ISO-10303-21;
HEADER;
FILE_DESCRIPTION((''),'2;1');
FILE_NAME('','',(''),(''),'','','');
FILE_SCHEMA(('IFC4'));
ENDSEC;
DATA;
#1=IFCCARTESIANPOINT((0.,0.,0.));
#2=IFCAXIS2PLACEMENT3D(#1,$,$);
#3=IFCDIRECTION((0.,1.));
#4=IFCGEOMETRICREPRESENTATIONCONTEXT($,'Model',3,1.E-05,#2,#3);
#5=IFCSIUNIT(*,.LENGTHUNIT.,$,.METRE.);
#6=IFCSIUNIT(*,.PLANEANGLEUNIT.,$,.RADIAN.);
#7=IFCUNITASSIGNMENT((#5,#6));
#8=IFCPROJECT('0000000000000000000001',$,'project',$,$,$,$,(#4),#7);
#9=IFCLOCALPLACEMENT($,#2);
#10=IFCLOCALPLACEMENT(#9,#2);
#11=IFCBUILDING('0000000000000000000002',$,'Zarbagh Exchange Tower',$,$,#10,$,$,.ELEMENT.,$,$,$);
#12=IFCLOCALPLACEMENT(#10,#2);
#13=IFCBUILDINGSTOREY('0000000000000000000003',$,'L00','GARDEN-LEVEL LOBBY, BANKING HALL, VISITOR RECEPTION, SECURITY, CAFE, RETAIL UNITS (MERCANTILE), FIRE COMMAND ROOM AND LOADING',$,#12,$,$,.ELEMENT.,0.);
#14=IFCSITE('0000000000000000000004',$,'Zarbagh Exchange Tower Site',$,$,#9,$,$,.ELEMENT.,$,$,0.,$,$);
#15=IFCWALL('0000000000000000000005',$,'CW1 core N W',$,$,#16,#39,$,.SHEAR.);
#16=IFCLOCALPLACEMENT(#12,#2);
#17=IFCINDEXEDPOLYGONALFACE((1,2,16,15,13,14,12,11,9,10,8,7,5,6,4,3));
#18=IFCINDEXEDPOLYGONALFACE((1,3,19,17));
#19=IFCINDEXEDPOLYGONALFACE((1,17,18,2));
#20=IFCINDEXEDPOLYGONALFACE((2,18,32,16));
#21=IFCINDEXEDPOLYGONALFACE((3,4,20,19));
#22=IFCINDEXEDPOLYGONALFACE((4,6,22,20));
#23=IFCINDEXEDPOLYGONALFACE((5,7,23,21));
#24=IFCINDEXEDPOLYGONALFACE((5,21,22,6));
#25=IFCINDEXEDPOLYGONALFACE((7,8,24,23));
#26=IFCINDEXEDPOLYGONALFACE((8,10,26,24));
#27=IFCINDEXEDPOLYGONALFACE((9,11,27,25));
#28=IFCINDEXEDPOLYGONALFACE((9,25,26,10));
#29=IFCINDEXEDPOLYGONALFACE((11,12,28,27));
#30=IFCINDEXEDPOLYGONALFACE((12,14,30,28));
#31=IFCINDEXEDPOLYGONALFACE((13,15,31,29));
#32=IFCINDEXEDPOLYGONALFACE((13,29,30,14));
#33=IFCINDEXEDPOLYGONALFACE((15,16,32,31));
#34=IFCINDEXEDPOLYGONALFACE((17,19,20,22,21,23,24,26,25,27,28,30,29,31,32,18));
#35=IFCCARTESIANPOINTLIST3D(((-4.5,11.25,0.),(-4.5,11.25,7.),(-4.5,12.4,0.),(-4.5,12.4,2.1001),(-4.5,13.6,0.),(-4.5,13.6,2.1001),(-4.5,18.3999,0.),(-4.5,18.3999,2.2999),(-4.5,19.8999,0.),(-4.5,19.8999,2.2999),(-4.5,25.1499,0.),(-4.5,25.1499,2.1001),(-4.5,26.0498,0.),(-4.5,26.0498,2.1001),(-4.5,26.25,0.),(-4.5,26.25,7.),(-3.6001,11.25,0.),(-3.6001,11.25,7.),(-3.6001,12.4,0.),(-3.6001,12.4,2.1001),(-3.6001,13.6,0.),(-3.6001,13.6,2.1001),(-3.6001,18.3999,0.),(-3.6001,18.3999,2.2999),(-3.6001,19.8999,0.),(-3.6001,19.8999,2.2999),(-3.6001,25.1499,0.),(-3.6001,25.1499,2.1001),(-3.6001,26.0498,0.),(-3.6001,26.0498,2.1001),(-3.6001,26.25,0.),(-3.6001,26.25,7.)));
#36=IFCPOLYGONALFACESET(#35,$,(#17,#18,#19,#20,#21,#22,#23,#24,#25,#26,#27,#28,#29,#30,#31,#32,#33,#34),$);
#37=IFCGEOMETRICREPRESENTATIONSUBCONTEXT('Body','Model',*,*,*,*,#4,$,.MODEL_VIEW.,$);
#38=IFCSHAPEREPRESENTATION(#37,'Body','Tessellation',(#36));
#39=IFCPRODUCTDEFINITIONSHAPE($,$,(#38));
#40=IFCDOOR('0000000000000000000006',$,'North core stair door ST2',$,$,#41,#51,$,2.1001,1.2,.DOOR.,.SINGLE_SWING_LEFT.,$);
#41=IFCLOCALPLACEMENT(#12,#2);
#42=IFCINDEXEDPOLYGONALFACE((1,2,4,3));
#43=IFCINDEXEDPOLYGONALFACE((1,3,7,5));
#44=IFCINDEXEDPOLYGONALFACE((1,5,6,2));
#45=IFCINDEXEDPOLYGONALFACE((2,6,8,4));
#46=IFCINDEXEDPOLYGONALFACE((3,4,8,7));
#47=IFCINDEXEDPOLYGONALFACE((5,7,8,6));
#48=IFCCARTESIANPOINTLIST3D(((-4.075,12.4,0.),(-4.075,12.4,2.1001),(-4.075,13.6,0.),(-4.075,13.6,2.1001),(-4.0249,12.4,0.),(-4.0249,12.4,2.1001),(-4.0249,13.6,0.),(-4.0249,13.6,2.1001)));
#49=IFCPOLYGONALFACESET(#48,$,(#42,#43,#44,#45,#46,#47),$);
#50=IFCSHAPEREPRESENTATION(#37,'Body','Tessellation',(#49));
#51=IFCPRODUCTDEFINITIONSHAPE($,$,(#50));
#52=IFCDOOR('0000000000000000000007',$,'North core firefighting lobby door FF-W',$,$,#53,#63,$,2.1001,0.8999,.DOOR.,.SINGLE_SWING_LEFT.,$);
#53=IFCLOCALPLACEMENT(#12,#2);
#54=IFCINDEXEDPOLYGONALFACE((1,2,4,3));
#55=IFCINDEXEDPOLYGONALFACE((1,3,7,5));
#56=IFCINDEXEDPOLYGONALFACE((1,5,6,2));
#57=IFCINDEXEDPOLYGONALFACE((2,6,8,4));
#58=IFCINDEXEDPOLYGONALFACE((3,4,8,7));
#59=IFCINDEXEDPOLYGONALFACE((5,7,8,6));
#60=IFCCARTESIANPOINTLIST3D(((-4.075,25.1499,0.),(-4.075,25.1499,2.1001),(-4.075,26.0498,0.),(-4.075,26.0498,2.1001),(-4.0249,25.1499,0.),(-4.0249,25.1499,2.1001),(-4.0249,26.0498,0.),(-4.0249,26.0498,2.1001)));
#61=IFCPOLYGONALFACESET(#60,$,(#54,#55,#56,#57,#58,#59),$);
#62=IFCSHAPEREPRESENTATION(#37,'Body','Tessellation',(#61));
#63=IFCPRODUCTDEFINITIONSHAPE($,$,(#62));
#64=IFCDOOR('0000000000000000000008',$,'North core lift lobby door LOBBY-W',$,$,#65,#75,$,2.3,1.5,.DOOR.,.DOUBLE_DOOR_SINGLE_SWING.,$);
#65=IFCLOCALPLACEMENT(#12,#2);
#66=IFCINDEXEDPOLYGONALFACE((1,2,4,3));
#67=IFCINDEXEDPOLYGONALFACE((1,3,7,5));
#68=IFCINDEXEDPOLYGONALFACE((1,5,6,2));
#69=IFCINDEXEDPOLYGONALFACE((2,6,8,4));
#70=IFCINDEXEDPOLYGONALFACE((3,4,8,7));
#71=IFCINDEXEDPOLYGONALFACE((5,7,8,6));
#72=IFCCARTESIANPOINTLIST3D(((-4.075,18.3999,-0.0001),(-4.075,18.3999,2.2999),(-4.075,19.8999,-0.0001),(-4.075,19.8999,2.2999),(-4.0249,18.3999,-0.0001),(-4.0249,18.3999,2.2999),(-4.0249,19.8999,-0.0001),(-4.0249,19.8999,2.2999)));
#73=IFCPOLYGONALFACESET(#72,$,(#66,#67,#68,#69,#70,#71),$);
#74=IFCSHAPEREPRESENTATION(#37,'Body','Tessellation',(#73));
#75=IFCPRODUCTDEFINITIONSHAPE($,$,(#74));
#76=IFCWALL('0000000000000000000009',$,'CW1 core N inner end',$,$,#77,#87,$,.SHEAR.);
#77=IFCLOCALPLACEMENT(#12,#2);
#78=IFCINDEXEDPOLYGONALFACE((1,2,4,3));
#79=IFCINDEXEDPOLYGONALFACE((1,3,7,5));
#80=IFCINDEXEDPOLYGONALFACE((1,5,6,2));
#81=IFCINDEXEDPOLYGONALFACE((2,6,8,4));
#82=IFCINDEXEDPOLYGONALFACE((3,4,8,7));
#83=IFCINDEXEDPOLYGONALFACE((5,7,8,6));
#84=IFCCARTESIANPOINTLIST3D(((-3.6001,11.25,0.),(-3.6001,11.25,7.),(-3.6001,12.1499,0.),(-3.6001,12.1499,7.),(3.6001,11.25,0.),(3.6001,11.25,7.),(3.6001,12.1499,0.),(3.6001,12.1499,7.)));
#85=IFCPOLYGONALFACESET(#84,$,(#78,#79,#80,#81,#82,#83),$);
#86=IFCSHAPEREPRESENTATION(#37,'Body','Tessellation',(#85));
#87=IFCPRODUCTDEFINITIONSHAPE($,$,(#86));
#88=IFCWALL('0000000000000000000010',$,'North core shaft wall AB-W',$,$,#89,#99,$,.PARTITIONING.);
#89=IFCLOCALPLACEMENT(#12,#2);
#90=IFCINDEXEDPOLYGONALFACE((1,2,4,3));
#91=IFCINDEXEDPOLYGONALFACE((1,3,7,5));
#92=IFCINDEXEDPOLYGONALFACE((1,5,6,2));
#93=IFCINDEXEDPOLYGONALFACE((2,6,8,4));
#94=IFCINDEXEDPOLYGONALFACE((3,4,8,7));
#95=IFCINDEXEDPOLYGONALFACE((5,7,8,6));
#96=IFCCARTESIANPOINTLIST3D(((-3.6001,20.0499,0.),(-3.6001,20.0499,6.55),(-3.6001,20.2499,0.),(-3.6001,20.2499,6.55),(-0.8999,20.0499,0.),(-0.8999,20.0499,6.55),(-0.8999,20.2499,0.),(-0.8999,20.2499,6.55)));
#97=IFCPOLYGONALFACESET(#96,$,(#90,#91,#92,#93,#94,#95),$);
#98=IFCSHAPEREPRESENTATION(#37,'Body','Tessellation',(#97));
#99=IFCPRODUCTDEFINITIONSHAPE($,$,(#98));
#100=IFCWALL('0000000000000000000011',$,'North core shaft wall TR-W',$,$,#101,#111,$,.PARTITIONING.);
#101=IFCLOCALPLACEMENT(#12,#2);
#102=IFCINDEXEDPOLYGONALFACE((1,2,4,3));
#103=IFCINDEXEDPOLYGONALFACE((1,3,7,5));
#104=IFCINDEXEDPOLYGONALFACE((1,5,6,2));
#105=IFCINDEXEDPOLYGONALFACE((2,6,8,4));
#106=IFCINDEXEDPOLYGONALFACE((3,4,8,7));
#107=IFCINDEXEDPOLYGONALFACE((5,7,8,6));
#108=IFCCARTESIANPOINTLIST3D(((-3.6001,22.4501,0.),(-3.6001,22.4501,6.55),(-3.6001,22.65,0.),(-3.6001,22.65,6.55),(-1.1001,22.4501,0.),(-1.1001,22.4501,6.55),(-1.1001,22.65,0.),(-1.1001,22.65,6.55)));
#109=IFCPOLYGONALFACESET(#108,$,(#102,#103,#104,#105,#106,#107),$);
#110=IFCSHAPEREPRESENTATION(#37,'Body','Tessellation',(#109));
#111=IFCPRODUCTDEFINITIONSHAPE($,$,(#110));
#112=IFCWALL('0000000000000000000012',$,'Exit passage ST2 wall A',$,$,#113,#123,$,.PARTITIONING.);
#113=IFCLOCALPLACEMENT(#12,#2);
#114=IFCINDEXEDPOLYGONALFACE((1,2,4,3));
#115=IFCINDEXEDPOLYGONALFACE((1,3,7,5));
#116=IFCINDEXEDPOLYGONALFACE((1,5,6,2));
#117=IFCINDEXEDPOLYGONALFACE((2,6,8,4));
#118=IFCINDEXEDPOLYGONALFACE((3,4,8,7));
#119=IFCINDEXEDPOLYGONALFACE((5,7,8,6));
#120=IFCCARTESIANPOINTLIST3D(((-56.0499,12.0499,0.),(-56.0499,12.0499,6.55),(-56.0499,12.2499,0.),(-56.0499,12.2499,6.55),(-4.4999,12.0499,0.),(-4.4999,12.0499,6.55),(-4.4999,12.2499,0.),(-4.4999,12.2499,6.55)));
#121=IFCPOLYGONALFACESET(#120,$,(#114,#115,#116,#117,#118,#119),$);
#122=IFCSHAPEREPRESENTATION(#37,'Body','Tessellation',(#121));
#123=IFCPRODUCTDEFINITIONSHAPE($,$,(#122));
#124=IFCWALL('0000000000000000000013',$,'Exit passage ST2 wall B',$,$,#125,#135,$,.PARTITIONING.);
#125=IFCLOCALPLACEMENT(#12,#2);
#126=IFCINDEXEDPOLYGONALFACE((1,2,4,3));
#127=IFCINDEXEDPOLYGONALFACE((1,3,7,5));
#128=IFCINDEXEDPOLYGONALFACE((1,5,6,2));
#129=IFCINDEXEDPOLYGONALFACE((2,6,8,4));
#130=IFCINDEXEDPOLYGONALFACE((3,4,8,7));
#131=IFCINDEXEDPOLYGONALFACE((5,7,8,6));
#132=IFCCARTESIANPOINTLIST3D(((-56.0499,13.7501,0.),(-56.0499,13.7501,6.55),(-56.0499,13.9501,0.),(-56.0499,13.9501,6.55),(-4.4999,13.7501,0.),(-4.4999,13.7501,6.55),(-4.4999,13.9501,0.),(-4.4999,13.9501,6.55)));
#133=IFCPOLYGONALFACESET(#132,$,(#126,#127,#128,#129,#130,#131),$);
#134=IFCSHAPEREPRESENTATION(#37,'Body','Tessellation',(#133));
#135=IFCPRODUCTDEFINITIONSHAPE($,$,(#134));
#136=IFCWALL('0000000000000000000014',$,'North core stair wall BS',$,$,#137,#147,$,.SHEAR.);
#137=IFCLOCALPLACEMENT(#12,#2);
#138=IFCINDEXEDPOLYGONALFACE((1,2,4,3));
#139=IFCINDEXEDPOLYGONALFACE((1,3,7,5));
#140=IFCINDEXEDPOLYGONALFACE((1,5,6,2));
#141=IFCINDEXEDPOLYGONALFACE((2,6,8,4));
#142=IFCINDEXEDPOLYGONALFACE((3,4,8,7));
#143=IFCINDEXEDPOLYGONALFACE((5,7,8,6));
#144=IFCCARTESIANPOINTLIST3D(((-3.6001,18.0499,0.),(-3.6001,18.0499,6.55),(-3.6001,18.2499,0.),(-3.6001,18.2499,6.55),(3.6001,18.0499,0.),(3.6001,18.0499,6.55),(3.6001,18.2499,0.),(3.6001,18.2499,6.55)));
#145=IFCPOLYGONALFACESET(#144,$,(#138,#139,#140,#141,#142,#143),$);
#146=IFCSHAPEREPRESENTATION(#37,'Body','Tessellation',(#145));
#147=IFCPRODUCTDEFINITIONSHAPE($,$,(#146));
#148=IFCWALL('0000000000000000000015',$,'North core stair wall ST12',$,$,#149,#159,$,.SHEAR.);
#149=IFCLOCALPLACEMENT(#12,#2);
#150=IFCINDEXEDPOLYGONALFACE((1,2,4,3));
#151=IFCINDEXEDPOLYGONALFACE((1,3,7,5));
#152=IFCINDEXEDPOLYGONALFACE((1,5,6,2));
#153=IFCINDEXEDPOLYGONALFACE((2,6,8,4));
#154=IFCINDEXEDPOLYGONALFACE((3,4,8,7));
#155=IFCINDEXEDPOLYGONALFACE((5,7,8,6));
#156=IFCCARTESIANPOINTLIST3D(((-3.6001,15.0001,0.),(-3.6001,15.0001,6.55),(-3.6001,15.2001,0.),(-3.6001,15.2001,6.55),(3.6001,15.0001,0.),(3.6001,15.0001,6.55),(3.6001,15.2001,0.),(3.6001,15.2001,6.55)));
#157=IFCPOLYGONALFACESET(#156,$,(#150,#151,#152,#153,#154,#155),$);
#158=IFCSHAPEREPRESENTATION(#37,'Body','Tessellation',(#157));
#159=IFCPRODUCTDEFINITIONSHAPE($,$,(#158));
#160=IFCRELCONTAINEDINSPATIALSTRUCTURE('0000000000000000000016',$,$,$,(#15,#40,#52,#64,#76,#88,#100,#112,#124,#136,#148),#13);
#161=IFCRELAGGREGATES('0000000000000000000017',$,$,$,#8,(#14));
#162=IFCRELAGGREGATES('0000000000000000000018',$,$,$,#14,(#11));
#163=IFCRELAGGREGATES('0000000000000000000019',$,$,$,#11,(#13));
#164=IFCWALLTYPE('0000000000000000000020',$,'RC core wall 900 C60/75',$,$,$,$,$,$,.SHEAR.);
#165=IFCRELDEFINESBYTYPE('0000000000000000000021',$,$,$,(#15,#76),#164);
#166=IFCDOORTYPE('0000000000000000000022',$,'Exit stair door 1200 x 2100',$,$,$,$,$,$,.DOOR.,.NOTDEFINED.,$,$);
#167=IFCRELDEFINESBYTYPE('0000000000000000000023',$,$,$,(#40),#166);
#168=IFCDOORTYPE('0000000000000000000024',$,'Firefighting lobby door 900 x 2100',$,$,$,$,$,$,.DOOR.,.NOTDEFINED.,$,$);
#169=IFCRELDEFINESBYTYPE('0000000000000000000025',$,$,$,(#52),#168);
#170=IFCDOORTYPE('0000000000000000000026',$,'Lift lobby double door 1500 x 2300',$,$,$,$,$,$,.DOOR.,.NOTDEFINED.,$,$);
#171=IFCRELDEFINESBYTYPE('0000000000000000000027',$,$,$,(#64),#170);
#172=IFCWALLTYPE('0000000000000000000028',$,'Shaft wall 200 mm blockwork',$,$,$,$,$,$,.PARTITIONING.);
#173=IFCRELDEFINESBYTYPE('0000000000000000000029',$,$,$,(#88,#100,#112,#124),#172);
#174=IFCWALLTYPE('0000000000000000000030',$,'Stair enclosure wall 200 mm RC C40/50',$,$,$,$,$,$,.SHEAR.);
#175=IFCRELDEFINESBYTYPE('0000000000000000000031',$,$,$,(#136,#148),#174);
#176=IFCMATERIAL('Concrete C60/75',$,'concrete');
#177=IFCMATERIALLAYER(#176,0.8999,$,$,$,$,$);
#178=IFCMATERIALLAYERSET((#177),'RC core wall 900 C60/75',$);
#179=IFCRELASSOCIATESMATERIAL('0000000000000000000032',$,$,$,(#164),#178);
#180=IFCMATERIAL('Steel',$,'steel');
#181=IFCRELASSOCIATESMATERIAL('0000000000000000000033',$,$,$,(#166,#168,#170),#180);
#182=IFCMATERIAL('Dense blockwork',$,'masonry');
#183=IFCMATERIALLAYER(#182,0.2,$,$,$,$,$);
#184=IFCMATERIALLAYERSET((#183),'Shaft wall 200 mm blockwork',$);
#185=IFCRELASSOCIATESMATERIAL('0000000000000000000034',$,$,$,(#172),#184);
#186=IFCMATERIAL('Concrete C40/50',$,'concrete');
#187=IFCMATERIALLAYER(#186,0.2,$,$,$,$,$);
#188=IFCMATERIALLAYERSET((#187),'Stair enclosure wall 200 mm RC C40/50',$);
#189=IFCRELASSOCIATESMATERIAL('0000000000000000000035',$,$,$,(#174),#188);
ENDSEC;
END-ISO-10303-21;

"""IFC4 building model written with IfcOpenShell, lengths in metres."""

from ifc_helpers import new_model, si_unit, direction, frame, frame_2d, origin, place, context, subcontext, project, spatial, rectangle, extrude, material, layer, layer_set, type_object, element, fill, save


model = new_model("IFC4")

# Units and contexts
model_context = context("Model", 3, precision=1e-05, world=origin(), true_north=direction((0.0, 1.0)))
body_context = subcontext(model_context, "Body", "Model", "MODEL_VIEW")
ifc_project = project(units=[si_unit("LENGTHUNIT", "METRE"), si_unit("PLANEANGLEUNIT", "RADIAN")], contexts=[model_context])

# Site, building, storey
site_placement = place(None, origin())
site = spatial("IfcSite", under=ifc_project, at=site_placement, Name="Zarbagh Exchange Tower Site", CompositionType="ELEMENT", RefElevation=0.0)
building_placement = place(site_placement, origin())
building = spatial("IfcBuilding", under=site, at=building_placement, Name="Zarbagh Exchange Tower", CompositionType="ELEMENT")
storey_placement = place(building_placement, origin())
storey = spatial("IfcBuildingStorey", under=building, at=storey_placement, Name="L00", Description="GARDEN-LEVEL LOBBY, BANKING HALL, VISITOR RECEPTION, SECURITY, CAFE, RETAIL UNITS (MERCANTILE), FIRE COMMAND ROOM AND LOADING", CompositionType="ELEMENT", Elevation=0.0)

# Shared definitions
ifc_material_1 = material(Name="Concrete C60/75", Category="concrete")

# Wall, openings, doors
ifc_layer_1 = layer(ifc_material_1, 0.8999)
ifc_layer_set_1 = layer_set([ifc_layer_1], Name="RC core wall 900 C60/75")
wall_type_1 = type_object("IfcWallType", Name="RC core wall 900 C60/75", PredefinedType="SHEAR", material=ifc_layer_set_1)
wall_1_placement = place(storey_placement, frame((-4.05, 11.25, 0.0), z_axis=(0.0, 0.0, 1.0), x_axis=(0.0, 1.0, 0.0)))
wall_1 = element("IfcWall", 1, at=wall_1_placement, inside=storey, type_object=wall_type_1, Name="CW1 core N W", PredefinedType="SHEAR", context=body_context, shape_type="SweptSolid", body=[
    extrude(rectangle(XDim=15.0, YDim=0.8999, at=frame_2d((7.5, 0.0))), origin(), (0.0, 0.0, 1.0), 7.0),
])
opening_1_placement = place(wall_1_placement, frame((7.1499, 0.0, 0.0)))
opening_1 = element("IfcOpeningElement", 2, at=opening_1_placement, cuts=wall_1, PredefinedType="OPENING", context=body_context, shape_type="SweptSolid", body=[
    extrude(rectangle(XDim=1.5, YDim=2.3, at=frame_2d((0.75, 1.1499))), frame((0.0, 0.46, 0.0), z_axis=(0.0, -1.0, 0.0), x_axis=(1.0, 0.0, 0.0)), (0.0, 0.0, 1.0), 0.9199),
])
opening_2_placement = place(wall_1_placement, frame((13.8999, 0.0, 0.0)))
opening_2 = element("IfcOpeningElement", 3, at=opening_2_placement, cuts=wall_1, PredefinedType="OPENING", context=body_context, shape_type="SweptSolid", body=[
    extrude(rectangle(XDim=0.8999, YDim=2.1001, at=frame_2d((0.45, 1.05))), frame((0.0, 0.46, 0.0), z_axis=(0.0, -1.0, 0.0), x_axis=(1.0, 0.0, 0.0)), (0.0, 0.0, 1.0), 0.9199),
])
opening_3_placement = place(wall_1_placement, frame((1.1499, 0.0, 0.0)))
opening_3 = element("IfcOpeningElement", 4, at=opening_3_placement, cuts=wall_1, PredefinedType="OPENING", context=body_context, shape_type="SweptSolid", body=[
    extrude(rectangle(XDim=1.2, YDim=2.1001, at=frame_2d((0.6001, 1.05))), frame((0.0, 0.46, 0.0), z_axis=(0.0, -1.0, 0.0), x_axis=(1.0, 0.0, 0.0)), (0.0, 0.0, 1.0), 0.9199),
])
ifc_material_2 = material(Name="Steel", Category="steel")
door_type_1 = type_object("IfcDoorType", Name="Exit stair door 1200 x 2100", OperationType="NOTDEFINED", PredefinedType="DOOR", material=ifc_material_2)
door_1_placement = place(opening_3_placement, origin())
door_1 = element("IfcDoor", 5, at=door_1_placement, inside=storey, type_object=door_type_1, Name="North core stair door ST2", OperationType="SINGLE_SWING_LEFT", OverallHeight=2.1001, OverallWidth=1.2, PredefinedType="DOOR", context=body_context, shape_type="SweptSolid", body=[
    extrude(rectangle(XDim=1.2, YDim=2.1001, at=frame_2d((0.6001, 1.05))), frame((0.0, 0.0249, 0.0), z_axis=(0.0, -1.0, 0.0), x_axis=(1.0, 0.0, 0.0)), (0.0, 0.0, 1.0), 0.05),
])
fill(opening_3, door_1)
door_type_2 = type_object("IfcDoorType", Name="Firefighting lobby door 900 x 2100", OperationType="NOTDEFINED", PredefinedType="DOOR", material=ifc_material_2)
door_2_placement = place(opening_2_placement, origin())
door_2 = element("IfcDoor", 6, at=door_2_placement, inside=storey, type_object=door_type_2, Name="North core firefighting lobby door FF-W", OperationType="SINGLE_SWING_LEFT", OverallHeight=2.1001, OverallWidth=0.8999, PredefinedType="DOOR", context=body_context, shape_type="SweptSolid", body=[
    extrude(rectangle(XDim=0.8999, YDim=2.1001, at=frame_2d((0.45, 1.05))), frame((0.0, 0.0249, 0.0), z_axis=(0.0, -1.0, 0.0), x_axis=(1.0, 0.0, 0.0)), (0.0, 0.0, 1.0), 0.05),
])
fill(opening_2, door_2)
door_type_3 = type_object("IfcDoorType", Name="Lift lobby double door 1500 x 2300", OperationType="NOTDEFINED", PredefinedType="DOOR", material=ifc_material_2)
door_3_placement = place(opening_1_placement, origin())
door_3 = element("IfcDoor", 7, at=door_3_placement, inside=storey, type_object=door_type_3, Name="North core lift lobby door LOBBY-W", OperationType="DOUBLE_DOOR_SINGLE_SWING", OverallHeight=2.3, OverallWidth=1.5, PredefinedType="DOOR", context=body_context, shape_type="SweptSolid", body=[
    extrude(rectangle(XDim=1.5, YDim=2.3, at=frame_2d((0.75, 1.1499))), frame((0.0, 0.0249, 0.0), z_axis=(0.0, -1.0, 0.0), x_axis=(1.0, 0.0, 0.0)), (0.0, 0.0, 1.0), 0.05),
])
fill(opening_1, door_3)

# Walls
wall_2_placement = place(storey_placement, frame((-3.6001, 11.7, 0.0), z_axis=(0.0, 0.0, 1.0), x_axis=(1.0, 0.0, 0.0)))
element("IfcWall", 8, at=wall_2_placement, inside=storey, type_object=wall_type_1, Name="CW1 core N inner end", PredefinedType="SHEAR", context=body_context, shape_type="SweptSolid", body=[
    extrude(rectangle(XDim=7.2002, YDim=0.8999, at=frame_2d((3.6001, 0.0))), origin(), (0.0, 0.0, 1.0), 7.0),
])
ifc_material_3 = material(Name="Dense blockwork", Category="masonry")
ifc_layer_2 = layer(ifc_material_3, 0.2)
ifc_layer_set_2 = layer_set([ifc_layer_2], Name="Shaft wall 200 mm blockwork")
wall_type_2 = type_object("IfcWallType", Name="Shaft wall 200 mm blockwork", PredefinedType="PARTITIONING", material=ifc_layer_set_2)
wall_3_placement = place(storey_placement, frame((-3.6001, 20.1499, 0.0), z_axis=(0.0, 0.0, 1.0), x_axis=(1.0, 0.0, 0.0)))
element("IfcWall", 9, at=wall_3_placement, inside=storey, type_object=wall_type_2, Name="North core shaft wall AB-W", PredefinedType="PARTITIONING", context=body_context, shape_type="SweptSolid", body=[
    extrude(rectangle(XDim=2.7002, YDim=0.2, at=frame_2d((1.3501, 0.0))), origin(), (0.0, 0.0, 1.0), 6.55),
])
wall_4_placement = place(storey_placement, frame((-3.6001, 22.55, 0.0), z_axis=(0.0, 0.0, 1.0), x_axis=(1.0, 0.0, 0.0)))
element("IfcWall", 10, at=wall_4_placement, inside=storey, type_object=wall_type_2, Name="North core shaft wall TR-W", PredefinedType="PARTITIONING", context=body_context, shape_type="SweptSolid", body=[
    extrude(rectangle(XDim=2.5, YDim=0.2, at=frame_2d((1.25, 0.0))), origin(), (0.0, 0.0, 1.0), 6.55),
])
for number, where, z_axis, x_axis, name in (
    (11, (-4.5, 12.1499, 0.0), (0.0, 0.0, 1.0), (-1.0, 0.0, 0.0), "Exit passage ST2 wall A"),
    (12, (-4.5, 13.8501, 0.0), (0.0, 0.0, 1.0), (-1.0, 0.0, 0.0), "Exit passage ST2 wall B"),
):
    element("IfcWall", number, at=place(storey_placement, frame(where, z_axis=z_axis, x_axis=x_axis)), inside=storey, type_object=wall_type_2, Name=name, PredefinedType="PARTITIONING", context=body_context, shape_type="SweptSolid", body=[
        extrude(rectangle(XDim=51.55, YDim=0.2, at=frame_2d((25.7749, 0.0))), origin(), (0.0, 0.0, 1.0), 6.55),
    ])
ifc_material_4 = material(Name="Concrete C40/50", Category="concrete")
ifc_layer_3 = layer(ifc_material_4, 0.2)
ifc_layer_set_3 = layer_set([ifc_layer_3], Name="Stair enclosure wall 200 mm RC C40/50")
wall_type_3 = type_object("IfcWallType", Name="Stair enclosure wall 200 mm RC C40/50", PredefinedType="SHEAR", material=ifc_layer_set_3)
for number, where, z_axis, x_axis, name in (
    (13, (-3.6001, 18.1499, 0.0), (0.0, 0.0, 1.0), (1.0, 0.0, 0.0), "North core stair wall BS"),
    (14, (-3.6001, 15.1001, 0.0), (0.0, 0.0, 1.0), (1.0, 0.0, 0.0), "North core stair wall ST12"),
):
    element("IfcWall", number, at=place(storey_placement, frame(where, z_axis=z_axis, x_axis=x_axis)), inside=storey, type_object=wall_type_3, Name=name, PredefinedType="SHEAR", context=body_context, shape_type="SweptSolid", body=[
        extrude(rectangle(XDim=7.2002, YDim=0.2, at=frame_2d((3.6001, 0.0))), origin(), (0.0, 0.0, 1.0), 6.55),
    ])

save(model, "model.ifc")
